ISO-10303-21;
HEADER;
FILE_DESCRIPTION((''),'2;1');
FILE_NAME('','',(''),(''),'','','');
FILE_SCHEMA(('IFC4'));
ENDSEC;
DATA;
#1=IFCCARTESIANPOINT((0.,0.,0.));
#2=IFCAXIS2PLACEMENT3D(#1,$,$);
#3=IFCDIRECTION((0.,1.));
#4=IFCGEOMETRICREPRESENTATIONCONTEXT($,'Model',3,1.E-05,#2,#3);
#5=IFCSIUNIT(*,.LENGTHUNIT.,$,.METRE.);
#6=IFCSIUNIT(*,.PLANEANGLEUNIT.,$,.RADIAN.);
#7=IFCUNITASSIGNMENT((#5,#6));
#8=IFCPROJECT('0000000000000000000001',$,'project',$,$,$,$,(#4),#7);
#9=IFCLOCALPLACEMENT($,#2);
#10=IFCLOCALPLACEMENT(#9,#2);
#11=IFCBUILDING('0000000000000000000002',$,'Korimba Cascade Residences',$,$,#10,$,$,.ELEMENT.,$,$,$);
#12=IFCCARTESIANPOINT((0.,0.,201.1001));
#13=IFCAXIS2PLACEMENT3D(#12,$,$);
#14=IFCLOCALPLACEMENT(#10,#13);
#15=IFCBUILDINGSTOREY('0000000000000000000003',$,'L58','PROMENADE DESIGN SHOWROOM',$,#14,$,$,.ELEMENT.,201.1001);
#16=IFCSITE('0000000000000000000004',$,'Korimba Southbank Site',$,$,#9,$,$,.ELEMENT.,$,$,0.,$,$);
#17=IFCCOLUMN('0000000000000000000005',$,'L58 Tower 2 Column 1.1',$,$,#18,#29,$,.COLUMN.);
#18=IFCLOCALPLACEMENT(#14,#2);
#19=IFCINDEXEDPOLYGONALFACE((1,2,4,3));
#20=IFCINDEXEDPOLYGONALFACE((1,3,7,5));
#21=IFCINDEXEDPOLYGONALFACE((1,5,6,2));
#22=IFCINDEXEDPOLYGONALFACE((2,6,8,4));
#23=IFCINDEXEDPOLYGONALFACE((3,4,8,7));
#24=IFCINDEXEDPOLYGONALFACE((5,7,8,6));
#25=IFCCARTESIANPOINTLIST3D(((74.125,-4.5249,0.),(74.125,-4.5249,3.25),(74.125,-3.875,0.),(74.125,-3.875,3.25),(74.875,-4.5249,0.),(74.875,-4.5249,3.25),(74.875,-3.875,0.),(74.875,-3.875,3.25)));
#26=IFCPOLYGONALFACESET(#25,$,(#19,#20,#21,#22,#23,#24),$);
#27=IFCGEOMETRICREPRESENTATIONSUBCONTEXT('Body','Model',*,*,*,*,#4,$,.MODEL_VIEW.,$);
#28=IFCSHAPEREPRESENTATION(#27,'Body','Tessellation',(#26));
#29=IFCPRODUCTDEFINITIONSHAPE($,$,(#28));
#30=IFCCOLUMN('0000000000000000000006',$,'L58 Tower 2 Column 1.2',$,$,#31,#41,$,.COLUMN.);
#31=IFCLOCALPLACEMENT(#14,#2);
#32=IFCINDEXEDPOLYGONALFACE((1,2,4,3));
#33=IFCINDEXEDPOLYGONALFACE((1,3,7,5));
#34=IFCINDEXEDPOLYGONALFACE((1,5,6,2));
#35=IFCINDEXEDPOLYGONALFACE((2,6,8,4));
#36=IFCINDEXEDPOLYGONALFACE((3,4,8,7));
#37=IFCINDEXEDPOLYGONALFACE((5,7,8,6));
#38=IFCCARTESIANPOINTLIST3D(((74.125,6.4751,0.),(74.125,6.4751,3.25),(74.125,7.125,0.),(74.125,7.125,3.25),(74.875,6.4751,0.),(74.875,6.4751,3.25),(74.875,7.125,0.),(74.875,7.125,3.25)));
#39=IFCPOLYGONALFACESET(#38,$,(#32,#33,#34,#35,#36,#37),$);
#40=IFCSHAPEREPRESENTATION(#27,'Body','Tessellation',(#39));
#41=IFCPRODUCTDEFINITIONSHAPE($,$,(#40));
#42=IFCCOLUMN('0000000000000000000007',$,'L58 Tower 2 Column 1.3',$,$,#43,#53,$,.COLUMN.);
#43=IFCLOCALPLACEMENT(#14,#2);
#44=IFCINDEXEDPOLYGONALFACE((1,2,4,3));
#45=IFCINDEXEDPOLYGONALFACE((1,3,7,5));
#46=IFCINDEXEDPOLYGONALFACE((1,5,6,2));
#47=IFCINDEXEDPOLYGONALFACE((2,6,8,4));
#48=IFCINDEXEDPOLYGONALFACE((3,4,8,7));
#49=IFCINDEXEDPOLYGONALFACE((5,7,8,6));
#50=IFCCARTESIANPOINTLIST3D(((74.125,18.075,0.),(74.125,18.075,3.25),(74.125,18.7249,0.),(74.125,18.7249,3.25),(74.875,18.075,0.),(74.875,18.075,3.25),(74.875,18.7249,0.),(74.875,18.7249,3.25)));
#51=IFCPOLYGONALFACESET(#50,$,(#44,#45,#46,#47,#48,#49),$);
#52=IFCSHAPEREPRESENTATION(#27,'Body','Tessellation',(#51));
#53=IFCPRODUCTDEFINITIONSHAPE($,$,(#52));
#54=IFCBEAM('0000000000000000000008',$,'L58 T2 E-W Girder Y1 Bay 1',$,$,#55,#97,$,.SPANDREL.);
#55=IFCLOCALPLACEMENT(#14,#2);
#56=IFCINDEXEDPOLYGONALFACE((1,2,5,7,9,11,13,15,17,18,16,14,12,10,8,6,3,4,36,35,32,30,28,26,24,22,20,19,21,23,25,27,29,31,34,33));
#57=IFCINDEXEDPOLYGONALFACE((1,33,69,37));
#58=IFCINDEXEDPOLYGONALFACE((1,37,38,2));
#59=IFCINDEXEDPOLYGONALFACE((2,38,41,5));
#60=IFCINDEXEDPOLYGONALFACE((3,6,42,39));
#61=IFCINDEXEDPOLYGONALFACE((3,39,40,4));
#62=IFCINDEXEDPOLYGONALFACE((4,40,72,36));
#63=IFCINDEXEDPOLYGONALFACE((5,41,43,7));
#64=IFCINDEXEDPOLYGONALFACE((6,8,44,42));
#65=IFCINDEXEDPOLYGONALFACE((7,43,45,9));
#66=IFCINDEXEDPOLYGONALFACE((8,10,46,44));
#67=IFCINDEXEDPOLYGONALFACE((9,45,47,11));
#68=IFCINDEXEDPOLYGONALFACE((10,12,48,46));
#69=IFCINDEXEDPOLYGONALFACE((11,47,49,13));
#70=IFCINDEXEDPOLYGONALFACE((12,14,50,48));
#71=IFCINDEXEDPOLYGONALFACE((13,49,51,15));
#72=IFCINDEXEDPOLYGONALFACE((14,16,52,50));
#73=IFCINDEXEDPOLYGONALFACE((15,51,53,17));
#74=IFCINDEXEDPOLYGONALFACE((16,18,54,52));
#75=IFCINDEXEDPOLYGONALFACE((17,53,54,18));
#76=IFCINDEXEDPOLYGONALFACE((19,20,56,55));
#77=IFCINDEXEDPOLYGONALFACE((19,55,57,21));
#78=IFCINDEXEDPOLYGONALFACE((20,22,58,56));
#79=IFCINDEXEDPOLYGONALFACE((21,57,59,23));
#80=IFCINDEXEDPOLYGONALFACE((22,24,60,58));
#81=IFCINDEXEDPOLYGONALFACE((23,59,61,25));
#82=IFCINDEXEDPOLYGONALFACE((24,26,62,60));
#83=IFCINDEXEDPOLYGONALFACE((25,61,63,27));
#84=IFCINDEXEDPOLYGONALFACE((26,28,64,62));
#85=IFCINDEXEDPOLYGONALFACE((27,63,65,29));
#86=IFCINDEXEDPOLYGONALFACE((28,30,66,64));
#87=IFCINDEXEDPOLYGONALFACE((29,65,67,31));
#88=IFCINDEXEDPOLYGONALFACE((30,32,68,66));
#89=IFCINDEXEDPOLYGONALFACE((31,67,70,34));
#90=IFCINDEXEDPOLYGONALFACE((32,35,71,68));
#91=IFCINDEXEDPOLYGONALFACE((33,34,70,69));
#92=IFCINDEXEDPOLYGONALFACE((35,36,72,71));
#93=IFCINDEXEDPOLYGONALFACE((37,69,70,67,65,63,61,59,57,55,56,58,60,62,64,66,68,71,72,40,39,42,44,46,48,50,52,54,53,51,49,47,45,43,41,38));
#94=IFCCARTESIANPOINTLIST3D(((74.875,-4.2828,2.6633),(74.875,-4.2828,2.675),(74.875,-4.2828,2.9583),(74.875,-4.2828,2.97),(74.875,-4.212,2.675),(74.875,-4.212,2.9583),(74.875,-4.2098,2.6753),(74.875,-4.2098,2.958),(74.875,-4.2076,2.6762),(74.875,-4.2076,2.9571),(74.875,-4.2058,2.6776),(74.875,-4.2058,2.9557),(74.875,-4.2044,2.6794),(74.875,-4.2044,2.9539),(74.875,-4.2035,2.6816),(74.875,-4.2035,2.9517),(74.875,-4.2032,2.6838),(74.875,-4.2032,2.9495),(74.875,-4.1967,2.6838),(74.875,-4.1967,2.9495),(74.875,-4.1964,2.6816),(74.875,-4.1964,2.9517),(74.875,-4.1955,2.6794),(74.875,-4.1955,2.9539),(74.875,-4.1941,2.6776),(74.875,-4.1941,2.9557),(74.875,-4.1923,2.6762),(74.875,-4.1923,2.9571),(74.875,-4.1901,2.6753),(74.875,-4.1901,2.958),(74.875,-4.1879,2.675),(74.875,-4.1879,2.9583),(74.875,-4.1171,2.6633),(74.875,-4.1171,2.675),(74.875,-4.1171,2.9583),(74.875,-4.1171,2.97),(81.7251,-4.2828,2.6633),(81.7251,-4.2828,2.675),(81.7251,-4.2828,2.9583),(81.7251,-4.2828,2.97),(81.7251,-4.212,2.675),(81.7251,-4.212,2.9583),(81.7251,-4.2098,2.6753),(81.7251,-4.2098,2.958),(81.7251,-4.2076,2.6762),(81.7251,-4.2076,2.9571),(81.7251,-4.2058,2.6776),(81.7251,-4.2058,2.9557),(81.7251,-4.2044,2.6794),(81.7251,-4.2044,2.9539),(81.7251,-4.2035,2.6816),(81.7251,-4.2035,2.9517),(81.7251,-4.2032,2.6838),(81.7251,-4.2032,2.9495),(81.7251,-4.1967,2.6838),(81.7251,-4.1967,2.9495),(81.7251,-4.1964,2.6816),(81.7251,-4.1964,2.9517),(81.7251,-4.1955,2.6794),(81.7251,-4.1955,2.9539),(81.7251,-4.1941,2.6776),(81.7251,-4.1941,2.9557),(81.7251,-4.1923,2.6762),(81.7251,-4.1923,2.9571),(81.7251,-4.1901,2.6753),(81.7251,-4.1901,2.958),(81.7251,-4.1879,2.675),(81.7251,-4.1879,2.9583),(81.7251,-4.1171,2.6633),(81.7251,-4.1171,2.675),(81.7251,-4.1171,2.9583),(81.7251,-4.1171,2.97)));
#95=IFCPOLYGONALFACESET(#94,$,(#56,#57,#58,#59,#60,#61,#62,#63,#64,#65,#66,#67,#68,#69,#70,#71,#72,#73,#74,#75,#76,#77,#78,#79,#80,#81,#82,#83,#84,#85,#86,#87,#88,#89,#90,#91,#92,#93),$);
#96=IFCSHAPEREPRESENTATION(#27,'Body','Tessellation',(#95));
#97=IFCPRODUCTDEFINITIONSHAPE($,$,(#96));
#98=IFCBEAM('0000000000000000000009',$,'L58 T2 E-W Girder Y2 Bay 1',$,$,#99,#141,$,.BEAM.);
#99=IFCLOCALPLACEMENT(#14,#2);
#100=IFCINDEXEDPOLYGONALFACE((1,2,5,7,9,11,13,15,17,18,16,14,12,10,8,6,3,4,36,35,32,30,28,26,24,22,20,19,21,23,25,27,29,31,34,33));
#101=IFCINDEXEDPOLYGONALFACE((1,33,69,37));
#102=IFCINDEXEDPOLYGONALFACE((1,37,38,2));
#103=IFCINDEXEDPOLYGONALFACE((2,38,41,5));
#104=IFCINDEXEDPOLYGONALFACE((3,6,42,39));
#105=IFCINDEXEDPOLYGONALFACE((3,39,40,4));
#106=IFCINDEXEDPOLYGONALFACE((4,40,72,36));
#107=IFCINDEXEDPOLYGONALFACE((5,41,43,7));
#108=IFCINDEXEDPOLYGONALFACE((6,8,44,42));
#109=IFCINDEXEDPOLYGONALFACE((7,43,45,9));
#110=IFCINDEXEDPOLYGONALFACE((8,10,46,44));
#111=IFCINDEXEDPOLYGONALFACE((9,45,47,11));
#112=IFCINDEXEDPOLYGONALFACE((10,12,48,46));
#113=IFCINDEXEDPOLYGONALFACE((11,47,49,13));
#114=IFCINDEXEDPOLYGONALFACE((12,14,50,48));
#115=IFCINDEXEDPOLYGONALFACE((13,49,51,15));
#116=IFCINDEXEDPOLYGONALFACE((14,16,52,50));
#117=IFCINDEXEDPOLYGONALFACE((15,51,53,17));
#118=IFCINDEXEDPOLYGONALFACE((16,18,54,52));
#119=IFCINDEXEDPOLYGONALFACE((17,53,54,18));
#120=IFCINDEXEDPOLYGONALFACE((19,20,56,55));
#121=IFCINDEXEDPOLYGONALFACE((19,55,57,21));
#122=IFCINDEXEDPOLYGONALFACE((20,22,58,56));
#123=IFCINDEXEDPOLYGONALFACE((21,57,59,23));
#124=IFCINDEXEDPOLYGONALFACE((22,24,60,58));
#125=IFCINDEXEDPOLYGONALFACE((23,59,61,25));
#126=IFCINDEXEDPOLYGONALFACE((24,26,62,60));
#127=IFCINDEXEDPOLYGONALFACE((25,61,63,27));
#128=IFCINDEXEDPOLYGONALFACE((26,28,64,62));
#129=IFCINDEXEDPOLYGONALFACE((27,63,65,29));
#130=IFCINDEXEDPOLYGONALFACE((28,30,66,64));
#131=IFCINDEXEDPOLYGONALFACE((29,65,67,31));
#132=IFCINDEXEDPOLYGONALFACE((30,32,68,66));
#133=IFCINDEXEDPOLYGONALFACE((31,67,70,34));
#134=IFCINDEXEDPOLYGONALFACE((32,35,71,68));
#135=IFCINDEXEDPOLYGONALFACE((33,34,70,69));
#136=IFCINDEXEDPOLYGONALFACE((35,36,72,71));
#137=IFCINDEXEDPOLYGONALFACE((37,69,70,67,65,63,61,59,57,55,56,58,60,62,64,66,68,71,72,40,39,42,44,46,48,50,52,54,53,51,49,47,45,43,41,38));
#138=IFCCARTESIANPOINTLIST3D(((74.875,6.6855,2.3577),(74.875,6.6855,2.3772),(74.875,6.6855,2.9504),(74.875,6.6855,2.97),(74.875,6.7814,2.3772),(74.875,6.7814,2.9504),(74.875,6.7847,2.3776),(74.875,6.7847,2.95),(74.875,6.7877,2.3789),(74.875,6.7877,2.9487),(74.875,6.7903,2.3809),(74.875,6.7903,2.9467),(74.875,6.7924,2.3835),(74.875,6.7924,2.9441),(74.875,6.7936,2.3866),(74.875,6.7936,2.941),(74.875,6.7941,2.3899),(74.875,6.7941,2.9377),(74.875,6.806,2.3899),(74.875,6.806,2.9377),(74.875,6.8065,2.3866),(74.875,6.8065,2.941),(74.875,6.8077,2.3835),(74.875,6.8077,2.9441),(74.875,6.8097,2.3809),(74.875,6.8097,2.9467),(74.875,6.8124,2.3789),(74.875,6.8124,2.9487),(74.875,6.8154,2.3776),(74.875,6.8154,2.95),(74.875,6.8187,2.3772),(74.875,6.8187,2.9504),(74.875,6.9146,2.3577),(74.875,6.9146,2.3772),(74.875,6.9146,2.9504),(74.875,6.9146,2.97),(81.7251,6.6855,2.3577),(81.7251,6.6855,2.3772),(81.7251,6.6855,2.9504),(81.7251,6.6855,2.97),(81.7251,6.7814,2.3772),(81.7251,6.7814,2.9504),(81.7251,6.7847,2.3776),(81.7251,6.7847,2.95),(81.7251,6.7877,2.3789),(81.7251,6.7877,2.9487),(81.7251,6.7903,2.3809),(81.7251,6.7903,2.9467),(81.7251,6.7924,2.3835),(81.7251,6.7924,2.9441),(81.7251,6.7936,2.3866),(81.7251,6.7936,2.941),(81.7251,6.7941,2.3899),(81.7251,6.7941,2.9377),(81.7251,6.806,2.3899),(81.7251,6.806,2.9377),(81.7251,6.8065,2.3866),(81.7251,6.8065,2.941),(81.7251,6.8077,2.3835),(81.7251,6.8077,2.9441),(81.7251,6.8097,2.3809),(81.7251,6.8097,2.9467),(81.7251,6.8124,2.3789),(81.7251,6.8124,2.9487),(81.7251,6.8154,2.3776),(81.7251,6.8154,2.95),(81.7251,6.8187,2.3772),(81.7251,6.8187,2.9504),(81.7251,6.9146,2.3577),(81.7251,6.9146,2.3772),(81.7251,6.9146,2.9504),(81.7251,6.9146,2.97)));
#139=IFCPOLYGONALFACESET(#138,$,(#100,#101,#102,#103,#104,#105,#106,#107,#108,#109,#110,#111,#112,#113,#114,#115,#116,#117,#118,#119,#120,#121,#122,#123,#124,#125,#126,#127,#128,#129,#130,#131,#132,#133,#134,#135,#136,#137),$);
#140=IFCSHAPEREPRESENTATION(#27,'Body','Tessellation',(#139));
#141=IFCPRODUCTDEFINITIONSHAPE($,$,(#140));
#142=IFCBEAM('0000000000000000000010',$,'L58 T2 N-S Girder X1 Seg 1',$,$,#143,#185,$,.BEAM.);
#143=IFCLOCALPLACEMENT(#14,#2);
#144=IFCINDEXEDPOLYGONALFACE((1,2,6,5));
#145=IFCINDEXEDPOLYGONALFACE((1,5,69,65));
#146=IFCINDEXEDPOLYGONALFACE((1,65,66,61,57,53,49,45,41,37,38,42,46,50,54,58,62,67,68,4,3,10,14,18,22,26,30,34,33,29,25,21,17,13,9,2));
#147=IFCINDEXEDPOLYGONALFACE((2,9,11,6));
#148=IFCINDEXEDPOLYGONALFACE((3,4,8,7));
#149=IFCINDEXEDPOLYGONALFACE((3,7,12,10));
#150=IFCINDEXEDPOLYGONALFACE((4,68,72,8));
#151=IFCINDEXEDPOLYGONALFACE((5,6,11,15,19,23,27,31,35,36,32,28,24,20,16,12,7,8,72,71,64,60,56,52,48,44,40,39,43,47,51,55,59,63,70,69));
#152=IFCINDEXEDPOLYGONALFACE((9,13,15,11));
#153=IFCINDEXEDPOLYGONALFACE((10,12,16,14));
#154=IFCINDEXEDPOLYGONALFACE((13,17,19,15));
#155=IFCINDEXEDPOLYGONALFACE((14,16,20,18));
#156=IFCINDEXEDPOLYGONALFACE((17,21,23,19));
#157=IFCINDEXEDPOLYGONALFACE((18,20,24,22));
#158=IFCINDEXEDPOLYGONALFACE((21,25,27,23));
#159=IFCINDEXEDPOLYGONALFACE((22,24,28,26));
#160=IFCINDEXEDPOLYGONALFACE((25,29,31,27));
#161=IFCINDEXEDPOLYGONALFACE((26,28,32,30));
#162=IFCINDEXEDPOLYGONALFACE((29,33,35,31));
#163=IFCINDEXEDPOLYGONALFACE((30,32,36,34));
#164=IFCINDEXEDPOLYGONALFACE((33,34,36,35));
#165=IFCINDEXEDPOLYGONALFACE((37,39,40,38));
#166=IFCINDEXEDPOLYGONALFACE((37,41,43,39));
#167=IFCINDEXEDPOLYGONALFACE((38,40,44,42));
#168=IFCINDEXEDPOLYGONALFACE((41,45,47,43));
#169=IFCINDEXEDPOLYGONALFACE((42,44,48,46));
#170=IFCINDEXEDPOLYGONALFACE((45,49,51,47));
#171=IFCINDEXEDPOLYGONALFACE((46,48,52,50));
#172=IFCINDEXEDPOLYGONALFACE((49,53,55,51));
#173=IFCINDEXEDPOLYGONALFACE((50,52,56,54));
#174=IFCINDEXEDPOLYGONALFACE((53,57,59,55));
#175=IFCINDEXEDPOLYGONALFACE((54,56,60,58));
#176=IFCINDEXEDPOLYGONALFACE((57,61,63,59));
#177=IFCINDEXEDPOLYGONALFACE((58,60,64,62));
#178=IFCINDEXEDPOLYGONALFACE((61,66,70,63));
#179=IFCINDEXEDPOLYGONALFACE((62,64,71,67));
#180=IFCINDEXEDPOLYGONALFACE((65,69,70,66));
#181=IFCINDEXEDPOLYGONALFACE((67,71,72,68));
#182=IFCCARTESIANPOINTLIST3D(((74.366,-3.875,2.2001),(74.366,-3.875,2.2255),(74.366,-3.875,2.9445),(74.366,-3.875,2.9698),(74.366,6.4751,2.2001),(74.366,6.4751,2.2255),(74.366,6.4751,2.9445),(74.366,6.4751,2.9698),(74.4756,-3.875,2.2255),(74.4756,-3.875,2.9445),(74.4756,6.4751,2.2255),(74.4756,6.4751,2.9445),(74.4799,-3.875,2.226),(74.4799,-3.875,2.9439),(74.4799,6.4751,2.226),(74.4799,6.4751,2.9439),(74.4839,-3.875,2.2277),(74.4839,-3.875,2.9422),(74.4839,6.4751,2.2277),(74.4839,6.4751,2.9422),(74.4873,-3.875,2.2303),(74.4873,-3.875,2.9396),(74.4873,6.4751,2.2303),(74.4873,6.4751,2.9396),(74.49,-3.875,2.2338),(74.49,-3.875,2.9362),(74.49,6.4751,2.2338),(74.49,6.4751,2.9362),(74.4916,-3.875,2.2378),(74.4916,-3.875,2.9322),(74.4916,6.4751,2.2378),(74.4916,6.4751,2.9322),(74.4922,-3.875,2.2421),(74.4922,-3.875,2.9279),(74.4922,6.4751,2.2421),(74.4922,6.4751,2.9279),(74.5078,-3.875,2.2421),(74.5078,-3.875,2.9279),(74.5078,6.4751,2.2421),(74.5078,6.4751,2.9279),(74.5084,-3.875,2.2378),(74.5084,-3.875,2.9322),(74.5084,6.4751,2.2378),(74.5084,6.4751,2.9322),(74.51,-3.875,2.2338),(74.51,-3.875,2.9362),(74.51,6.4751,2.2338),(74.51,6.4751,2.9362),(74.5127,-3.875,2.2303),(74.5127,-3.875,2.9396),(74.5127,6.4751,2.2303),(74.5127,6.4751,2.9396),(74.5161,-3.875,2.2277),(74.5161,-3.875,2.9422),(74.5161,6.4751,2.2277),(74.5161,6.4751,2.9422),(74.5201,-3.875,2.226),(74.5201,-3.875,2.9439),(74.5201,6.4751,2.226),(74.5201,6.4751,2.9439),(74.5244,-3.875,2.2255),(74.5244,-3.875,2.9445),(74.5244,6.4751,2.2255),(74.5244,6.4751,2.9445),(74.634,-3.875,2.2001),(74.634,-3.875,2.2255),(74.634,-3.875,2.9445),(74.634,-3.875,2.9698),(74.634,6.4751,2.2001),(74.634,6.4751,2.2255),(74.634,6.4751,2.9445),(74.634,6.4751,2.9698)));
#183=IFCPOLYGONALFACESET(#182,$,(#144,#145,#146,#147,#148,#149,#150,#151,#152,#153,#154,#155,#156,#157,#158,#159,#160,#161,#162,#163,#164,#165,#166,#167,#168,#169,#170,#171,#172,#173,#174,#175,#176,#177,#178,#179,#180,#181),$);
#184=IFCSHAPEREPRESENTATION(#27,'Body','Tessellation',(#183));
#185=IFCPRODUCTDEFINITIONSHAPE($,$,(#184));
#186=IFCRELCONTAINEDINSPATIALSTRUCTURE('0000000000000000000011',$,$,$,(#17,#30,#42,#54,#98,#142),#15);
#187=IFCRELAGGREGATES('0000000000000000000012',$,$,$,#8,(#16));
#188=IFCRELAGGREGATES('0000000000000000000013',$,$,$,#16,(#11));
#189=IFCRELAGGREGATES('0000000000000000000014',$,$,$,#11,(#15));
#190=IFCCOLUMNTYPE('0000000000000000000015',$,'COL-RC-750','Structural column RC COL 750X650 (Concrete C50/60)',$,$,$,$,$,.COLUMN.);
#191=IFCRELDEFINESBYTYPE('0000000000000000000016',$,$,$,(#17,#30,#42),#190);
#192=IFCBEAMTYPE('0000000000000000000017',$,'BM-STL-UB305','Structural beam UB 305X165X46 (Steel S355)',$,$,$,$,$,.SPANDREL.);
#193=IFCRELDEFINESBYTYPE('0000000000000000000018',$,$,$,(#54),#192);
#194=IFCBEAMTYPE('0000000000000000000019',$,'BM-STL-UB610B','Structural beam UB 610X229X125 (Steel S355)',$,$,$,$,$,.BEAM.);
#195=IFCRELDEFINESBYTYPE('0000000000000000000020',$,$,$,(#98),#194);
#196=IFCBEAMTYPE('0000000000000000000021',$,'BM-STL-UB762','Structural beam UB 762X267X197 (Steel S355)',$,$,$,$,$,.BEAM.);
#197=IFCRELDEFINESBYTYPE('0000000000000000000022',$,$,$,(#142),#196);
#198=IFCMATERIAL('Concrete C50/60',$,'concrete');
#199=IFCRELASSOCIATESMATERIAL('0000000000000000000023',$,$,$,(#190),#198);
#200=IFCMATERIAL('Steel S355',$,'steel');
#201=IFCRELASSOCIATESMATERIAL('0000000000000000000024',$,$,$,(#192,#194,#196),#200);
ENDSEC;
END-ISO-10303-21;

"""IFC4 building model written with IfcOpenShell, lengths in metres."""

from ifc_helpers import new_model, si_unit, direction, frame, origin, origin_2d, place, context, subcontext, project, spatial, rectangle, i_section, extrude, material, material_profile, profile_set, type_object, element, save


model = new_model("IFC4")

# Units and contexts
model_context = context("Model", 3, precision=1e-05, world=origin(), true_north=direction((0.0, 1.0)))
body_context = subcontext(model_context, "Body", "Model", "MODEL_VIEW")
ifc_project = project(units=[si_unit("LENGTHUNIT", "METRE"), si_unit("PLANEANGLEUNIT", "RADIAN")], contexts=[model_context])

# Site, building, storey
site_placement = place(None, origin())
site = spatial("IfcSite", under=ifc_project, at=site_placement, Name="Korimba Southbank Site", CompositionType="ELEMENT", RefElevation=0.0)
building_placement = place(site_placement, origin())
building = spatial("IfcBuilding", under=site, at=building_placement, Name="Korimba Cascade Residences", CompositionType="ELEMENT")
storey_placement = place(building_placement, frame((0.0, 0.0, 201.1001)))
storey = spatial("IfcBuildingStorey", under=building, at=storey_placement, Name="L58", Description="PROMENADE DESIGN SHOWROOM", CompositionType="ELEMENT", Elevation=201.1001)

# Columns
ifc_material_1 = material(Name="Concrete C50/60", Category="concrete")
ifc_material_profile_1 = material_profile(ifc_material_1, rectangle(XDim=0.75, YDim=0.6499, at=origin_2d()), Name="Concrete C50/60")
ifc_profile_set_1 = profile_set([ifc_material_profile_1], Name="Concrete C50/60")
column_type = type_object("IfcColumnType", Name="COL-RC-750", Description="Structural column RC COL 750X650 (Concrete C50/60)", PredefinedType="COLUMN", material=ifc_profile_set_1)
for number, where, z_axis, x_axis, name in (
    (1, (74.5, -4.2, 0.0), (0.0, 0.0, 1.0), (1.0, 0.0, 0.0), "L58 Tower 2 Column 1.1"),
    (2, (74.5, 6.8, 0.0), (0.0, 0.0, 1.0), (1.0, 0.0, 0.0), "L58 Tower 2 Column 1.2"),
    (3, (74.5, 18.3999, 0.0), (0.0, 0.0, 1.0), (1.0, 0.0, 0.0), "L58 Tower 2 Column 1.3"),
):
    element("IfcColumn", number, at=place(storey_placement, frame(where, z_axis=z_axis, x_axis=x_axis)), inside=storey, type_object=column_type, Name=name, PredefinedType="COLUMN", context=body_context, shape_type="SweptSolid", body=[
        extrude(rectangle(XDim=0.75, YDim=0.6499, at=origin_2d()), origin(), (0.0, 0.0, 1.0), 3.25),
    ])

# Beams
ifc_material_2 = material(Name="Steel S355", Category="steel")
ifc_material_profile_2 = material_profile(ifc_material_2, i_section(OverallWidth=0.1658, OverallDepth=0.3066, WebThickness=0.0066, FlangeThickness=0.0117, FilletRadius=0.0088, at=origin_2d()), Name="Steel S355")
ifc_profile_set_2 = profile_set([ifc_material_profile_2], Name="Steel S355")
beam_type_1 = type_object("IfcBeamType", Name="BM-STL-UB305", Description="Structural beam UB 305X165X46 (Steel S355)", PredefinedType="SPANDREL", material=ifc_profile_set_2)
beam_1_placement = place(storey_placement, frame((74.875, -4.2, 2.8167), z_axis=(1.0, 0.0, 0.0), x_axis=(0.0, 1.0, 0.0)))
element("IfcBeam", 4, at=beam_1_placement, inside=storey, type_object=beam_type_1, Name="L58 T2 E-W Girder Y1 Bay 1", PredefinedType="SPANDREL", context=body_context, shape_type="SweptSolid", body=[
    extrude(i_section(OverallWidth=0.1658, OverallDepth=0.3066, WebThickness=0.0066, FlangeThickness=0.0117, FilletRadius=0.0088, at=origin_2d()), origin(), (0.0, 0.0, 1.0), 6.8501),
])
ifc_material_profile_3 = material_profile(ifc_material_2, i_section(OverallWidth=0.229, OverallDepth=0.6123, WebThickness=0.012, FlangeThickness=0.0195, FilletRadius=0.0127, at=origin_2d()), Name="Steel S355")
ifc_profile_set_3 = profile_set([ifc_material_profile_3], Name="Steel S355")
beam_type_2 = type_object("IfcBeamType", Name="BM-STL-UB610B", Description="Structural beam UB 610X229X125 (Steel S355)", PredefinedType="BEAM", material=ifc_profile_set_3)
beam_2_placement = place(storey_placement, frame((74.875, 6.8, 2.6638), z_axis=(1.0, 0.0, 0.0), x_axis=(0.0, 1.0, 0.0)))
element("IfcBeam", 5, at=beam_2_placement, inside=storey, type_object=beam_type_2, Name="L58 T2 E-W Girder Y2 Bay 1", PredefinedType="BEAM", context=body_context, shape_type="SweptSolid", body=[
    extrude(i_section(OverallWidth=0.229, OverallDepth=0.6123, WebThickness=0.012, FlangeThickness=0.0195, FilletRadius=0.0127, at=origin_2d()), origin(), (0.0, 0.0, 1.0), 6.8501),
])
ifc_material_profile_4 = material_profile(ifc_material_2, i_section(OverallWidth=0.2681, OverallDepth=0.7698, WebThickness=0.0156, FlangeThickness=0.0254, FilletRadius=0.0166, at=origin_2d()), Name="Steel S355")
ifc_profile_set_4 = profile_set([ifc_material_profile_4], Name="Steel S355")
beam_type_3 = type_object("IfcBeamType", Name="BM-STL-UB762", Description="Structural beam UB 762X267X197 (Steel S355)", PredefinedType="BEAM", material=ifc_profile_set_4)
beam_3_placement = place(storey_placement, frame((74.5, -3.875, 2.585), z_axis=(0.0, 1.0, 0.0), x_axis=(-1.0, 0.0, 0.0)))
element("IfcBeam", 6, at=beam_3_placement, inside=storey, type_object=beam_type_3, Name="L58 T2 N-S Girder X1 Seg 1", PredefinedType="BEAM", context=body_context, shape_type="SweptSolid", body=[
    extrude(i_section(OverallWidth=0.2681, OverallDepth=0.7698, WebThickness=0.0156, FlangeThickness=0.0254, FilletRadius=0.0166, at=origin_2d()), origin(), (0.0, 0.0, 1.0), 10.3501),
])

save(model, "model.ifc")
